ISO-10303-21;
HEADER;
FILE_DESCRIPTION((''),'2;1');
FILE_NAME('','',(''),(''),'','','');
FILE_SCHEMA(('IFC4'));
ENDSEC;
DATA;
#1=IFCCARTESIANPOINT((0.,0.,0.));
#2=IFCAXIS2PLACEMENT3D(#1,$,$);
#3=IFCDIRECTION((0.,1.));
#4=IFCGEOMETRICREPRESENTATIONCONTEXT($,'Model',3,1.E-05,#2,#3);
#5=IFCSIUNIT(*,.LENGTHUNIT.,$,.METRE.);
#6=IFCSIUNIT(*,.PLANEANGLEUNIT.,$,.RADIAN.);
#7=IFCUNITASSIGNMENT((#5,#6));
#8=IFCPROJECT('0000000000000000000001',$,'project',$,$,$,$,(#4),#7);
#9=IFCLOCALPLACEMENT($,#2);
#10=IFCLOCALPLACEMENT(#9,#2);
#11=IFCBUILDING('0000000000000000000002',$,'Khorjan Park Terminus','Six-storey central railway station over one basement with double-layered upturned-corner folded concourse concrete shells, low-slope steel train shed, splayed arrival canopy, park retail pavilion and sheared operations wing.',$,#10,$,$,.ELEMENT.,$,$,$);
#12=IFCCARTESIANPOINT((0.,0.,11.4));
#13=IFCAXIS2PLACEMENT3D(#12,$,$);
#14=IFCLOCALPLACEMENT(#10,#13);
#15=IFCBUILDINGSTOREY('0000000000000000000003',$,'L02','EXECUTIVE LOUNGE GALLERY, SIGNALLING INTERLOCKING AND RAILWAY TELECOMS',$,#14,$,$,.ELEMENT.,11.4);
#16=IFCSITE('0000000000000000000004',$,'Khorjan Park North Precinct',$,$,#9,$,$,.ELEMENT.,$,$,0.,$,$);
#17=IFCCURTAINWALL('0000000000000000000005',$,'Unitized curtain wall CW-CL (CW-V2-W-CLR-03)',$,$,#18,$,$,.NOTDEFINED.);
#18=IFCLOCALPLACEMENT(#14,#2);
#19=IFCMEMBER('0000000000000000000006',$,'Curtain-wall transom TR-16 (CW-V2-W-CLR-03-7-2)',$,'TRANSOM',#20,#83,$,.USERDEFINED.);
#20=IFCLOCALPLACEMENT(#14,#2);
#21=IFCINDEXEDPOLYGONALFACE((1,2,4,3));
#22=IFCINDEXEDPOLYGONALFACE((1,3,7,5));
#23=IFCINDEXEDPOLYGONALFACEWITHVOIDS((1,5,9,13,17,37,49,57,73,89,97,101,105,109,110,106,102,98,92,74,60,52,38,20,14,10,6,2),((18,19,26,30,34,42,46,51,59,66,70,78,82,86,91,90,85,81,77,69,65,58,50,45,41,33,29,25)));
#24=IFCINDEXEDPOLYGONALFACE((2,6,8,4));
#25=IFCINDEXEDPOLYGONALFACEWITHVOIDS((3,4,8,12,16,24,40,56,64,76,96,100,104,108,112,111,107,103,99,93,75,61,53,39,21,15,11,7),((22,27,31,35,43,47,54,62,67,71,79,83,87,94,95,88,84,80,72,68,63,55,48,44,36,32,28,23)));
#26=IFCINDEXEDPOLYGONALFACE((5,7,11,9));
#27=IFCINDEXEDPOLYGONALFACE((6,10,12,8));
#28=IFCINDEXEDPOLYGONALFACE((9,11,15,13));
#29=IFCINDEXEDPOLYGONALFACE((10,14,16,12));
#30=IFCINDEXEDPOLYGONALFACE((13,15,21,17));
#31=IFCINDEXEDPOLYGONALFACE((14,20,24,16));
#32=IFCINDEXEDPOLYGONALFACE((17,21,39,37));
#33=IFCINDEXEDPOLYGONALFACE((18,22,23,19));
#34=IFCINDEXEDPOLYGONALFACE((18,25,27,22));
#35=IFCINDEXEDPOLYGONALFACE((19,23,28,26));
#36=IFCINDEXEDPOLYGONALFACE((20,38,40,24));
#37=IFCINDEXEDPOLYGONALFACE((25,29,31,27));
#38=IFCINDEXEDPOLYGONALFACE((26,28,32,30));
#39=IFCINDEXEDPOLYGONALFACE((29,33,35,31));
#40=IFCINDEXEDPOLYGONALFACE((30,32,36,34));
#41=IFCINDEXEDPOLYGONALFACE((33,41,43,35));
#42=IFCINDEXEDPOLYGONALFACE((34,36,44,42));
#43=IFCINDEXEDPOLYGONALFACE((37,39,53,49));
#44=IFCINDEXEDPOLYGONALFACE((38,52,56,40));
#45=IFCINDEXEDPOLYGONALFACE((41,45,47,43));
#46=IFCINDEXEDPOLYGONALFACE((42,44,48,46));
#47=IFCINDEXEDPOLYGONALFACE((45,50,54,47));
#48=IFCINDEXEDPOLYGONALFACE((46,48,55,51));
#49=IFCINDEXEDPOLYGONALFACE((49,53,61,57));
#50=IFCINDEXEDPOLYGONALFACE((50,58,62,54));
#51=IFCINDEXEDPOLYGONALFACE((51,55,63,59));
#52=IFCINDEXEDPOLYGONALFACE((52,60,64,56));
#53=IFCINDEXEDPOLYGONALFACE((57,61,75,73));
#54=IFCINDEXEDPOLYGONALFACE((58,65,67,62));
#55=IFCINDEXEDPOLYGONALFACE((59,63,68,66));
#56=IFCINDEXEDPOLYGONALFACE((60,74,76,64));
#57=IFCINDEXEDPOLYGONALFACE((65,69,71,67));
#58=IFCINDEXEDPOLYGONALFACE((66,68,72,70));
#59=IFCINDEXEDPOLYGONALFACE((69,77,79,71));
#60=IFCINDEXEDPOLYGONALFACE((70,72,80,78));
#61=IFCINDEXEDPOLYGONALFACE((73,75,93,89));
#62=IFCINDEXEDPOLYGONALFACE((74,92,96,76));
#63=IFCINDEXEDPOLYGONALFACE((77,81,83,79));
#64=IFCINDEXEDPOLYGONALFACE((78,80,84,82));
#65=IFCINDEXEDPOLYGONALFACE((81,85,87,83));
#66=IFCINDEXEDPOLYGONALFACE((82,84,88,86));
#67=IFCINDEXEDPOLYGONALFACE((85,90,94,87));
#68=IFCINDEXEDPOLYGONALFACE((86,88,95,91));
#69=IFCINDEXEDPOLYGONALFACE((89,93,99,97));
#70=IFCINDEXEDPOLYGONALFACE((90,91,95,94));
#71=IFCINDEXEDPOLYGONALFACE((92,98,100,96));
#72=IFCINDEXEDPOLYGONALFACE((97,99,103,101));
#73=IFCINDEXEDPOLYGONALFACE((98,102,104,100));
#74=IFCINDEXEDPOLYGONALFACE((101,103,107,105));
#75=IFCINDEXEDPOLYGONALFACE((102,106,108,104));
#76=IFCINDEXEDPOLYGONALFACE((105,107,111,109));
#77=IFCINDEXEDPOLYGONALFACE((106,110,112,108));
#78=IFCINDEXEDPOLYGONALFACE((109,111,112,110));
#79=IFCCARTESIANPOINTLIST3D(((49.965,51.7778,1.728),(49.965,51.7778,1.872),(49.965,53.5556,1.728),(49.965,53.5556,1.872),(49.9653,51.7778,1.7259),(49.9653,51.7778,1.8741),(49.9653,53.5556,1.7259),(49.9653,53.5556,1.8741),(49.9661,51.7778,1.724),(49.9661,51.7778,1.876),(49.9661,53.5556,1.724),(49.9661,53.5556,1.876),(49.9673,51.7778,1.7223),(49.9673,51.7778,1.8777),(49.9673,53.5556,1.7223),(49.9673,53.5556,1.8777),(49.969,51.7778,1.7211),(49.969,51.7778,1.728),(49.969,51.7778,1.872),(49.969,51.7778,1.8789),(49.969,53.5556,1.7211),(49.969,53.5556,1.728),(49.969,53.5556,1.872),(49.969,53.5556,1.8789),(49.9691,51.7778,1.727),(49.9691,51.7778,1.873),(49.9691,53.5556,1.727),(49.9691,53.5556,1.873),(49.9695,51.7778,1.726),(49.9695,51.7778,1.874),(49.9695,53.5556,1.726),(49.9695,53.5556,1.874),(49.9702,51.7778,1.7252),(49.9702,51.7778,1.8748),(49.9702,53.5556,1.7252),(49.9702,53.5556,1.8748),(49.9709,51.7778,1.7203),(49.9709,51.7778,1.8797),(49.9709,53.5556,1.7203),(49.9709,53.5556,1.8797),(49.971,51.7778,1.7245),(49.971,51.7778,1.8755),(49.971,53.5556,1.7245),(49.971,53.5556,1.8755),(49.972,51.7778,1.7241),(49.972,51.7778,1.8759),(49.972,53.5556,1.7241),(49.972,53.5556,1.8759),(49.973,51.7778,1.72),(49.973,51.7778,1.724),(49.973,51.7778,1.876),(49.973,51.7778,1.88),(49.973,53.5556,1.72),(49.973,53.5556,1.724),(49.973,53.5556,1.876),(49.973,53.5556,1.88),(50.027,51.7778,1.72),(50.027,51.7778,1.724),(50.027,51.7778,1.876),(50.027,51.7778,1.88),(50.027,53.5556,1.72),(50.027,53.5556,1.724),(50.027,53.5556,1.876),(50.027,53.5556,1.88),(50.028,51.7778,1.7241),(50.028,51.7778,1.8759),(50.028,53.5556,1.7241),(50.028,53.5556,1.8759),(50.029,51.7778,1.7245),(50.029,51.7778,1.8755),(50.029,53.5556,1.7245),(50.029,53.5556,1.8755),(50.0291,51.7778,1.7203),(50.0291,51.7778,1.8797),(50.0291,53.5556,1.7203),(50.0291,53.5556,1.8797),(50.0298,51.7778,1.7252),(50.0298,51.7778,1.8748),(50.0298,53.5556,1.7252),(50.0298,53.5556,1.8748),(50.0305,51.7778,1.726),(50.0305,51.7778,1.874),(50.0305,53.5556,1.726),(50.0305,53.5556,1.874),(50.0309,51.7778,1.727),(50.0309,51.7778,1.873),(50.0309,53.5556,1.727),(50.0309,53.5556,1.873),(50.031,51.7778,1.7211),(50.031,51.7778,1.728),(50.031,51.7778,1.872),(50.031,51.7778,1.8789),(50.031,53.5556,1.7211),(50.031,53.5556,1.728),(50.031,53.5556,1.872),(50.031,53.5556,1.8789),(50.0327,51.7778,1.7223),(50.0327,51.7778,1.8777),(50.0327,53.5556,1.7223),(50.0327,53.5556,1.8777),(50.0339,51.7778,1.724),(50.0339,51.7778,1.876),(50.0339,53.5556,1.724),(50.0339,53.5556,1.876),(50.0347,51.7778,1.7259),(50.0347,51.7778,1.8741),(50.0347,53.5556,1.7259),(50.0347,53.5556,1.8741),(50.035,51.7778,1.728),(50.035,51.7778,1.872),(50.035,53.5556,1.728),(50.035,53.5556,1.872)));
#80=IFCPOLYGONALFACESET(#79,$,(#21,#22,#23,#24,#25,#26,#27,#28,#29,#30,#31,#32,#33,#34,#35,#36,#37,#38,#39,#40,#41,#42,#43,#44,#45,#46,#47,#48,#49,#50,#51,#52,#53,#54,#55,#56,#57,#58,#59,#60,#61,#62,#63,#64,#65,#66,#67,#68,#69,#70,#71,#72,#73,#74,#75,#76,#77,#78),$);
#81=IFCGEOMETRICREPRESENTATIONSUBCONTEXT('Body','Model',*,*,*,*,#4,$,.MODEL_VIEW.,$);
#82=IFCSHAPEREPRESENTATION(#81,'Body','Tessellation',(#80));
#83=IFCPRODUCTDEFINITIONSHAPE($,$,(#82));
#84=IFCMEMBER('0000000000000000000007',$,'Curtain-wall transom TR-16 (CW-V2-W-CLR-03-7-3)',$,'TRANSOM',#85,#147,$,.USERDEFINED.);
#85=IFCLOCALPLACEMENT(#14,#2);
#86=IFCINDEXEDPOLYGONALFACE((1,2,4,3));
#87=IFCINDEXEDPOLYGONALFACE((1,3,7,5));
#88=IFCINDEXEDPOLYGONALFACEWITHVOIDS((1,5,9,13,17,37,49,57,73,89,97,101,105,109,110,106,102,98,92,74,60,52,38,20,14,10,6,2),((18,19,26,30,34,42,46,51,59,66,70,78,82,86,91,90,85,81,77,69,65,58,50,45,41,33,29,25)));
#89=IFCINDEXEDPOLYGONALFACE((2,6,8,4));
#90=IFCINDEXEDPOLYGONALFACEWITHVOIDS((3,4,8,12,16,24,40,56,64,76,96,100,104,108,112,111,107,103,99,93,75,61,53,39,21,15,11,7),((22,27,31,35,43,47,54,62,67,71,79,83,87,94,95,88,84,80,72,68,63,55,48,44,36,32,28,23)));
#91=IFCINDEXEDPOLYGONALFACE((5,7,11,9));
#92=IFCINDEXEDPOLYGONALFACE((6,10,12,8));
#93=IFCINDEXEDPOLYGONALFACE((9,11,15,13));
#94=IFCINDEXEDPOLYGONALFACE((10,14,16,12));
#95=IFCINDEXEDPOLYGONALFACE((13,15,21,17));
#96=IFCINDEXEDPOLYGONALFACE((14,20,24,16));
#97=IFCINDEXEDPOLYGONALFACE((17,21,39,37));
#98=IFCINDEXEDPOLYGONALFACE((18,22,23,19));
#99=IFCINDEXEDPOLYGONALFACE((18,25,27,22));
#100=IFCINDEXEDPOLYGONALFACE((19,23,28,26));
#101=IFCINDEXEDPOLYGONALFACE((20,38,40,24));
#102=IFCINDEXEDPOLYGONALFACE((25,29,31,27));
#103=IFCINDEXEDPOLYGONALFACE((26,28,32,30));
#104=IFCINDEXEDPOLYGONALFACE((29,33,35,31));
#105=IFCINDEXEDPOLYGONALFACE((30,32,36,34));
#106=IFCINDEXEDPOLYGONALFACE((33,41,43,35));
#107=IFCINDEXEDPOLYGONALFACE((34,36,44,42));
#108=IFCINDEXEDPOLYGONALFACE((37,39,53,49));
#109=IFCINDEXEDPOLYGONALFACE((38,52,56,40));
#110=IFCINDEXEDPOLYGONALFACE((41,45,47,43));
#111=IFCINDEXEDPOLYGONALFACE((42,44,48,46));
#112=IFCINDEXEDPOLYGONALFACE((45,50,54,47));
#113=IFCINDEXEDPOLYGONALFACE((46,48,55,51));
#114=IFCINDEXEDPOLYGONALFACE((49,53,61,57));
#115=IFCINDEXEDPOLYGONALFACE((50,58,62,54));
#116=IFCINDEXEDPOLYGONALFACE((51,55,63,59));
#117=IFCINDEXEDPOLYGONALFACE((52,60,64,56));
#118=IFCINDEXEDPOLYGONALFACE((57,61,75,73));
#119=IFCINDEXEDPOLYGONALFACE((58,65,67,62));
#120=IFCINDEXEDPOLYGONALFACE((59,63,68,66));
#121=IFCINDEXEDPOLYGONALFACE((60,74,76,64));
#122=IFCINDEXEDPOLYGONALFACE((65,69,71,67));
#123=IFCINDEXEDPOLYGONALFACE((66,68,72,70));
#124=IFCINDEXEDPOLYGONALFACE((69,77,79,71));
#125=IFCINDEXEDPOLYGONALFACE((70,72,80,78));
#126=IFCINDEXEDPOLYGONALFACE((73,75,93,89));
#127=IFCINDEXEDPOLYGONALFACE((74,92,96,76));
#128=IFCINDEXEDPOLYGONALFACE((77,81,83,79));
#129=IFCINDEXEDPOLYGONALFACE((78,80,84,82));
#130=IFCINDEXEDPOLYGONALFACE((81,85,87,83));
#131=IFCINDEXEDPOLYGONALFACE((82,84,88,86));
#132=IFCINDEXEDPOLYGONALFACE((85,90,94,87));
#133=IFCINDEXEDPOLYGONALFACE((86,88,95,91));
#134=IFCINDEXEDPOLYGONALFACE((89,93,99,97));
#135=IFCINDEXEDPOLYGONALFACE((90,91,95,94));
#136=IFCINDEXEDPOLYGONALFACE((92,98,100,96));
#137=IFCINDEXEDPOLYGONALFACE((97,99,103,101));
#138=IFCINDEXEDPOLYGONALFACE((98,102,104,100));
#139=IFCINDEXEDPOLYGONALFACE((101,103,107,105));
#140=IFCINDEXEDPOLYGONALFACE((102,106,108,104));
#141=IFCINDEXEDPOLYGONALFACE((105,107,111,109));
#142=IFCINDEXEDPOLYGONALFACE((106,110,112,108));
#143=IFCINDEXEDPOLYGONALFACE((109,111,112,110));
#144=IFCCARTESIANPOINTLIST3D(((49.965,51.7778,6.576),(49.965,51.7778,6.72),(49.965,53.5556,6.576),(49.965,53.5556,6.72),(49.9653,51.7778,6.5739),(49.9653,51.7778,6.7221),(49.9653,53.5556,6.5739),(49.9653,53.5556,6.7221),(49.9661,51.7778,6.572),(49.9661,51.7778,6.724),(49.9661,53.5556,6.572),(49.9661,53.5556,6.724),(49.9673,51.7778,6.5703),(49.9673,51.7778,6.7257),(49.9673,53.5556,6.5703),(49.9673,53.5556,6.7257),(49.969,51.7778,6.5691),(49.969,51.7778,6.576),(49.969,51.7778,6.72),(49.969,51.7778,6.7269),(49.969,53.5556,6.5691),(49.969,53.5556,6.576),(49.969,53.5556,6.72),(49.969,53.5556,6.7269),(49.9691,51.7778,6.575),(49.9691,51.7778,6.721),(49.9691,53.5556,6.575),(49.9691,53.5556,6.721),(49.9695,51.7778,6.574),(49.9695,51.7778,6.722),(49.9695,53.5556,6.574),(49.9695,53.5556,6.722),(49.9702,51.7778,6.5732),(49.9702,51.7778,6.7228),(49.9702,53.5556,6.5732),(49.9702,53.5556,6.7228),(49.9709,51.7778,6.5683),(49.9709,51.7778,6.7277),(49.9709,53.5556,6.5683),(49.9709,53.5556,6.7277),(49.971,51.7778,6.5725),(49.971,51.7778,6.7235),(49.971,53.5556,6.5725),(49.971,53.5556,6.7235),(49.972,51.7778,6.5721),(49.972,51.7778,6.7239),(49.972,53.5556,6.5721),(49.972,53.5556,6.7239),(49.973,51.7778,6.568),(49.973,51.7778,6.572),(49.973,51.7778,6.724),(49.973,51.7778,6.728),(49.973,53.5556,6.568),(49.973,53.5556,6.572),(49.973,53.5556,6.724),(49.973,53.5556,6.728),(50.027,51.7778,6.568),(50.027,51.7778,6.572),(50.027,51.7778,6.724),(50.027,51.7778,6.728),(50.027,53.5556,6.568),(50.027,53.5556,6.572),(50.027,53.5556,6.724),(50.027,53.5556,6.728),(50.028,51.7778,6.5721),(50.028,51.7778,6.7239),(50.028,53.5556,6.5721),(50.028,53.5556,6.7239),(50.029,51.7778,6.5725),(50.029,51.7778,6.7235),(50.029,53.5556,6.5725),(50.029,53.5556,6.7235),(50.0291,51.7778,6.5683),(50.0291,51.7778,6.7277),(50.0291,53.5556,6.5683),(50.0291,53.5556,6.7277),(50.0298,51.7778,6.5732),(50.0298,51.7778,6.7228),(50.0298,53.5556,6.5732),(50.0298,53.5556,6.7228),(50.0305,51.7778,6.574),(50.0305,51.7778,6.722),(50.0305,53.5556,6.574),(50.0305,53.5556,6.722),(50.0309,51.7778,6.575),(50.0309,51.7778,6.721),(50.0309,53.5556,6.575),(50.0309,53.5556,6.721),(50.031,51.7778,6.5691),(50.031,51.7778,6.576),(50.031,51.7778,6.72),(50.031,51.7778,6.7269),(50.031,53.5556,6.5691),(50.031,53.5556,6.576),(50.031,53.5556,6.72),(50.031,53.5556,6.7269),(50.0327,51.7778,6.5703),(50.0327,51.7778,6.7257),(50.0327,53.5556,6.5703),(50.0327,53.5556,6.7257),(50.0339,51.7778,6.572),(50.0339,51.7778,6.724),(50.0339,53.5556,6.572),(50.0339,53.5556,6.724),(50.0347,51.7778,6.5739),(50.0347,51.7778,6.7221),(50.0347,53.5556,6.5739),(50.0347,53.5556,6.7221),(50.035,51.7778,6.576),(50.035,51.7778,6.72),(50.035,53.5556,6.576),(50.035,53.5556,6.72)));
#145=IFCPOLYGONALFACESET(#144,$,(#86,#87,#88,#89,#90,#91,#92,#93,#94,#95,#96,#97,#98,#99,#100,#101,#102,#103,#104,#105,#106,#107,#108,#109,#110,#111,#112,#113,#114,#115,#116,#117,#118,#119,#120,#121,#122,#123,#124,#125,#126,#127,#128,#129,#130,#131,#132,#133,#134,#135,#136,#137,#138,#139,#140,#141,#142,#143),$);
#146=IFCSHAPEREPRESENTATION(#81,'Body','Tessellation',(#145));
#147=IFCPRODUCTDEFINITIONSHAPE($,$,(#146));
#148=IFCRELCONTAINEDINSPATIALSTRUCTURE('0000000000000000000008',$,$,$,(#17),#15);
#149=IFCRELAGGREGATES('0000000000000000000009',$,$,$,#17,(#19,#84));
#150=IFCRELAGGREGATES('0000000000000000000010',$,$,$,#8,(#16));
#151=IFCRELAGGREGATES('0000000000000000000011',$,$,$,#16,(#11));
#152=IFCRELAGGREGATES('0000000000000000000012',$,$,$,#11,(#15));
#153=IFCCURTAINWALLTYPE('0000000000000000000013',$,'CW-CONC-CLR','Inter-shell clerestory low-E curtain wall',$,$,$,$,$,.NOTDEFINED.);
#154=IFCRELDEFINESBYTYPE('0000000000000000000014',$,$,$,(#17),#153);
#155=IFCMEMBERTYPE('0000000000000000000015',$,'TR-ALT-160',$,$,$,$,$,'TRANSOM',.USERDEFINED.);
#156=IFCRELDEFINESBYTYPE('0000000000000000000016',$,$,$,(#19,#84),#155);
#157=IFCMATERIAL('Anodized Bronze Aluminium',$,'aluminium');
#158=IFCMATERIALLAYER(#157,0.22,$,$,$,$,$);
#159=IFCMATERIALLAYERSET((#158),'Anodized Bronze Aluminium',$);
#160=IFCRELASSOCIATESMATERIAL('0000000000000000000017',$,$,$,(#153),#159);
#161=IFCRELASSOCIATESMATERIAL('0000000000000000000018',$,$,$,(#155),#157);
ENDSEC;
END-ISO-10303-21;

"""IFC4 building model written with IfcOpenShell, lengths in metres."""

from ifc_helpers import new_model, si_unit, direction, frame, origin, origin_2d, place, context, subcontext, project, spatial, hollow_rectangle, extrude, material, layer, layer_set, material_profile, profile_set, type_object, element, aggregate, save


model = new_model("IFC4")

# Units and contexts
model_context = context("Model", 3, precision=1e-05, world=origin(), true_north=direction((0.0, 1.0)))
body_context = subcontext(model_context, "Body", "Model", "MODEL_VIEW")
ifc_project = project(units=[si_unit("LENGTHUNIT", "METRE"), si_unit("PLANEANGLEUNIT", "RADIAN")], contexts=[model_context])

# Site, building, storey
site_placement = place(None, origin())
site = spatial("IfcSite", under=ifc_project, at=site_placement, Name="Khorjan Park North Precinct", CompositionType="ELEMENT", RefElevation=0.0)
building_placement = place(site_placement, origin())
building = spatial("IfcBuilding", under=site, at=building_placement, Name="Khorjan Park Terminus", Description="Six-storey central railway station over one basement with double-layered upturned-corner folded concourse concrete shells, low-slope steel train shed, splayed arrival canopy, park retail pavilion and sheared operations wing.", CompositionType="ELEMENT")
storey_placement = place(building_placement, frame((0.0, 0.0, 11.4)))
storey = spatial("IfcBuildingStorey", under=building, at=storey_placement, Name="L02", Description="EXECUTIVE LOUNGE GALLERY, SIGNALLING INTERLOCKING AND RAILWAY TELECOMS", CompositionType="ELEMENT", Elevation=11.4)

# Curtain wall, members
ifc_material_1 = material(Name="Anodized Bronze Aluminium", Category="aluminium")
ifc_layer_1 = layer(ifc_material_1, 0.22)
ifc_layer_set_1 = layer_set([ifc_layer_1], Name="Anodized Bronze Aluminium")
curtain_wall_type = type_object("IfcCurtainWallType", Name="CW-CONC-CLR", Description="Inter-shell clerestory low-E curtain wall", PredefinedType="NOTDEFINED", material=ifc_layer_set_1)
curtain_wall_placement = place(storey_placement, origin())
curtain_wall = element("IfcCurtainWall", 1, at=curtain_wall_placement, inside=storey, type_object=curtain_wall_type, Name="Unitized curtain wall CW-CL (CW-V2-W-CLR-03)", PredefinedType="NOTDEFINED")
ifc_material_profile_1 = material_profile(ifc_material_1, hollow_rectangle(XDim=0.07, YDim=0.16, WallThickness=0.004, InnerFilletRadius=0.004, OuterFilletRadius=0.008, at=origin_2d()), Name="ALT 70x160x4")
ifc_profile_set_1 = profile_set([ifc_material_profile_1], Name="Anodized Bronze Aluminium")
member_type_1 = type_object("IfcMemberType", Name="TR-ALT-160", ElementType="TRANSOM", PredefinedType="USERDEFINED", material=ifc_profile_set_1)
member_1_placement = place(storey_placement, frame((50.0, 53.5556, 1.8), z_axis=(0.0, -1.0, 0.0), x_axis=(1.0, 0.0, 0.0)))
member_1 = element("IfcMember", 2, at=member_1_placement, type_object=member_type_1, Name="Curtain-wall transom TR-16 (CW-V2-W-CLR-03-7-2)", ObjectType="TRANSOM", PredefinedType="USERDEFINED", context=body_context, shape_type="SweptSolid", body=[
    extrude(hollow_rectangle(XDim=0.07, YDim=0.16, WallThickness=0.004, InnerFilletRadius=0.004, OuterFilletRadius=0.008, at=origin_2d()), origin(), (0.0, 0.0, 1.0), 1.7778),
])
member_2_placement = place(storey_placement, frame((50.0, 53.5556, 6.648), z_axis=(0.0, -1.0, 0.0), x_axis=(1.0, 0.0, 0.0)))
member_2 = element("IfcMember", 3, at=member_2_placement, type_object=member_type_1, Name="Curtain-wall transom TR-16 (CW-V2-W-CLR-03-7-3)", ObjectType="TRANSOM", PredefinedType="USERDEFINED", context=body_context, shape_type="SweptSolid", body=[
    extrude(hollow_rectangle(XDim=0.07, YDim=0.16, WallThickness=0.004, InnerFilletRadius=0.004, OuterFilletRadius=0.008, at=origin_2d()), origin(), (0.0, 0.0, 1.0), 1.7778),
])

aggregate(curtain_wall, [member_1, member_2])

save(model, "model.ifc")
